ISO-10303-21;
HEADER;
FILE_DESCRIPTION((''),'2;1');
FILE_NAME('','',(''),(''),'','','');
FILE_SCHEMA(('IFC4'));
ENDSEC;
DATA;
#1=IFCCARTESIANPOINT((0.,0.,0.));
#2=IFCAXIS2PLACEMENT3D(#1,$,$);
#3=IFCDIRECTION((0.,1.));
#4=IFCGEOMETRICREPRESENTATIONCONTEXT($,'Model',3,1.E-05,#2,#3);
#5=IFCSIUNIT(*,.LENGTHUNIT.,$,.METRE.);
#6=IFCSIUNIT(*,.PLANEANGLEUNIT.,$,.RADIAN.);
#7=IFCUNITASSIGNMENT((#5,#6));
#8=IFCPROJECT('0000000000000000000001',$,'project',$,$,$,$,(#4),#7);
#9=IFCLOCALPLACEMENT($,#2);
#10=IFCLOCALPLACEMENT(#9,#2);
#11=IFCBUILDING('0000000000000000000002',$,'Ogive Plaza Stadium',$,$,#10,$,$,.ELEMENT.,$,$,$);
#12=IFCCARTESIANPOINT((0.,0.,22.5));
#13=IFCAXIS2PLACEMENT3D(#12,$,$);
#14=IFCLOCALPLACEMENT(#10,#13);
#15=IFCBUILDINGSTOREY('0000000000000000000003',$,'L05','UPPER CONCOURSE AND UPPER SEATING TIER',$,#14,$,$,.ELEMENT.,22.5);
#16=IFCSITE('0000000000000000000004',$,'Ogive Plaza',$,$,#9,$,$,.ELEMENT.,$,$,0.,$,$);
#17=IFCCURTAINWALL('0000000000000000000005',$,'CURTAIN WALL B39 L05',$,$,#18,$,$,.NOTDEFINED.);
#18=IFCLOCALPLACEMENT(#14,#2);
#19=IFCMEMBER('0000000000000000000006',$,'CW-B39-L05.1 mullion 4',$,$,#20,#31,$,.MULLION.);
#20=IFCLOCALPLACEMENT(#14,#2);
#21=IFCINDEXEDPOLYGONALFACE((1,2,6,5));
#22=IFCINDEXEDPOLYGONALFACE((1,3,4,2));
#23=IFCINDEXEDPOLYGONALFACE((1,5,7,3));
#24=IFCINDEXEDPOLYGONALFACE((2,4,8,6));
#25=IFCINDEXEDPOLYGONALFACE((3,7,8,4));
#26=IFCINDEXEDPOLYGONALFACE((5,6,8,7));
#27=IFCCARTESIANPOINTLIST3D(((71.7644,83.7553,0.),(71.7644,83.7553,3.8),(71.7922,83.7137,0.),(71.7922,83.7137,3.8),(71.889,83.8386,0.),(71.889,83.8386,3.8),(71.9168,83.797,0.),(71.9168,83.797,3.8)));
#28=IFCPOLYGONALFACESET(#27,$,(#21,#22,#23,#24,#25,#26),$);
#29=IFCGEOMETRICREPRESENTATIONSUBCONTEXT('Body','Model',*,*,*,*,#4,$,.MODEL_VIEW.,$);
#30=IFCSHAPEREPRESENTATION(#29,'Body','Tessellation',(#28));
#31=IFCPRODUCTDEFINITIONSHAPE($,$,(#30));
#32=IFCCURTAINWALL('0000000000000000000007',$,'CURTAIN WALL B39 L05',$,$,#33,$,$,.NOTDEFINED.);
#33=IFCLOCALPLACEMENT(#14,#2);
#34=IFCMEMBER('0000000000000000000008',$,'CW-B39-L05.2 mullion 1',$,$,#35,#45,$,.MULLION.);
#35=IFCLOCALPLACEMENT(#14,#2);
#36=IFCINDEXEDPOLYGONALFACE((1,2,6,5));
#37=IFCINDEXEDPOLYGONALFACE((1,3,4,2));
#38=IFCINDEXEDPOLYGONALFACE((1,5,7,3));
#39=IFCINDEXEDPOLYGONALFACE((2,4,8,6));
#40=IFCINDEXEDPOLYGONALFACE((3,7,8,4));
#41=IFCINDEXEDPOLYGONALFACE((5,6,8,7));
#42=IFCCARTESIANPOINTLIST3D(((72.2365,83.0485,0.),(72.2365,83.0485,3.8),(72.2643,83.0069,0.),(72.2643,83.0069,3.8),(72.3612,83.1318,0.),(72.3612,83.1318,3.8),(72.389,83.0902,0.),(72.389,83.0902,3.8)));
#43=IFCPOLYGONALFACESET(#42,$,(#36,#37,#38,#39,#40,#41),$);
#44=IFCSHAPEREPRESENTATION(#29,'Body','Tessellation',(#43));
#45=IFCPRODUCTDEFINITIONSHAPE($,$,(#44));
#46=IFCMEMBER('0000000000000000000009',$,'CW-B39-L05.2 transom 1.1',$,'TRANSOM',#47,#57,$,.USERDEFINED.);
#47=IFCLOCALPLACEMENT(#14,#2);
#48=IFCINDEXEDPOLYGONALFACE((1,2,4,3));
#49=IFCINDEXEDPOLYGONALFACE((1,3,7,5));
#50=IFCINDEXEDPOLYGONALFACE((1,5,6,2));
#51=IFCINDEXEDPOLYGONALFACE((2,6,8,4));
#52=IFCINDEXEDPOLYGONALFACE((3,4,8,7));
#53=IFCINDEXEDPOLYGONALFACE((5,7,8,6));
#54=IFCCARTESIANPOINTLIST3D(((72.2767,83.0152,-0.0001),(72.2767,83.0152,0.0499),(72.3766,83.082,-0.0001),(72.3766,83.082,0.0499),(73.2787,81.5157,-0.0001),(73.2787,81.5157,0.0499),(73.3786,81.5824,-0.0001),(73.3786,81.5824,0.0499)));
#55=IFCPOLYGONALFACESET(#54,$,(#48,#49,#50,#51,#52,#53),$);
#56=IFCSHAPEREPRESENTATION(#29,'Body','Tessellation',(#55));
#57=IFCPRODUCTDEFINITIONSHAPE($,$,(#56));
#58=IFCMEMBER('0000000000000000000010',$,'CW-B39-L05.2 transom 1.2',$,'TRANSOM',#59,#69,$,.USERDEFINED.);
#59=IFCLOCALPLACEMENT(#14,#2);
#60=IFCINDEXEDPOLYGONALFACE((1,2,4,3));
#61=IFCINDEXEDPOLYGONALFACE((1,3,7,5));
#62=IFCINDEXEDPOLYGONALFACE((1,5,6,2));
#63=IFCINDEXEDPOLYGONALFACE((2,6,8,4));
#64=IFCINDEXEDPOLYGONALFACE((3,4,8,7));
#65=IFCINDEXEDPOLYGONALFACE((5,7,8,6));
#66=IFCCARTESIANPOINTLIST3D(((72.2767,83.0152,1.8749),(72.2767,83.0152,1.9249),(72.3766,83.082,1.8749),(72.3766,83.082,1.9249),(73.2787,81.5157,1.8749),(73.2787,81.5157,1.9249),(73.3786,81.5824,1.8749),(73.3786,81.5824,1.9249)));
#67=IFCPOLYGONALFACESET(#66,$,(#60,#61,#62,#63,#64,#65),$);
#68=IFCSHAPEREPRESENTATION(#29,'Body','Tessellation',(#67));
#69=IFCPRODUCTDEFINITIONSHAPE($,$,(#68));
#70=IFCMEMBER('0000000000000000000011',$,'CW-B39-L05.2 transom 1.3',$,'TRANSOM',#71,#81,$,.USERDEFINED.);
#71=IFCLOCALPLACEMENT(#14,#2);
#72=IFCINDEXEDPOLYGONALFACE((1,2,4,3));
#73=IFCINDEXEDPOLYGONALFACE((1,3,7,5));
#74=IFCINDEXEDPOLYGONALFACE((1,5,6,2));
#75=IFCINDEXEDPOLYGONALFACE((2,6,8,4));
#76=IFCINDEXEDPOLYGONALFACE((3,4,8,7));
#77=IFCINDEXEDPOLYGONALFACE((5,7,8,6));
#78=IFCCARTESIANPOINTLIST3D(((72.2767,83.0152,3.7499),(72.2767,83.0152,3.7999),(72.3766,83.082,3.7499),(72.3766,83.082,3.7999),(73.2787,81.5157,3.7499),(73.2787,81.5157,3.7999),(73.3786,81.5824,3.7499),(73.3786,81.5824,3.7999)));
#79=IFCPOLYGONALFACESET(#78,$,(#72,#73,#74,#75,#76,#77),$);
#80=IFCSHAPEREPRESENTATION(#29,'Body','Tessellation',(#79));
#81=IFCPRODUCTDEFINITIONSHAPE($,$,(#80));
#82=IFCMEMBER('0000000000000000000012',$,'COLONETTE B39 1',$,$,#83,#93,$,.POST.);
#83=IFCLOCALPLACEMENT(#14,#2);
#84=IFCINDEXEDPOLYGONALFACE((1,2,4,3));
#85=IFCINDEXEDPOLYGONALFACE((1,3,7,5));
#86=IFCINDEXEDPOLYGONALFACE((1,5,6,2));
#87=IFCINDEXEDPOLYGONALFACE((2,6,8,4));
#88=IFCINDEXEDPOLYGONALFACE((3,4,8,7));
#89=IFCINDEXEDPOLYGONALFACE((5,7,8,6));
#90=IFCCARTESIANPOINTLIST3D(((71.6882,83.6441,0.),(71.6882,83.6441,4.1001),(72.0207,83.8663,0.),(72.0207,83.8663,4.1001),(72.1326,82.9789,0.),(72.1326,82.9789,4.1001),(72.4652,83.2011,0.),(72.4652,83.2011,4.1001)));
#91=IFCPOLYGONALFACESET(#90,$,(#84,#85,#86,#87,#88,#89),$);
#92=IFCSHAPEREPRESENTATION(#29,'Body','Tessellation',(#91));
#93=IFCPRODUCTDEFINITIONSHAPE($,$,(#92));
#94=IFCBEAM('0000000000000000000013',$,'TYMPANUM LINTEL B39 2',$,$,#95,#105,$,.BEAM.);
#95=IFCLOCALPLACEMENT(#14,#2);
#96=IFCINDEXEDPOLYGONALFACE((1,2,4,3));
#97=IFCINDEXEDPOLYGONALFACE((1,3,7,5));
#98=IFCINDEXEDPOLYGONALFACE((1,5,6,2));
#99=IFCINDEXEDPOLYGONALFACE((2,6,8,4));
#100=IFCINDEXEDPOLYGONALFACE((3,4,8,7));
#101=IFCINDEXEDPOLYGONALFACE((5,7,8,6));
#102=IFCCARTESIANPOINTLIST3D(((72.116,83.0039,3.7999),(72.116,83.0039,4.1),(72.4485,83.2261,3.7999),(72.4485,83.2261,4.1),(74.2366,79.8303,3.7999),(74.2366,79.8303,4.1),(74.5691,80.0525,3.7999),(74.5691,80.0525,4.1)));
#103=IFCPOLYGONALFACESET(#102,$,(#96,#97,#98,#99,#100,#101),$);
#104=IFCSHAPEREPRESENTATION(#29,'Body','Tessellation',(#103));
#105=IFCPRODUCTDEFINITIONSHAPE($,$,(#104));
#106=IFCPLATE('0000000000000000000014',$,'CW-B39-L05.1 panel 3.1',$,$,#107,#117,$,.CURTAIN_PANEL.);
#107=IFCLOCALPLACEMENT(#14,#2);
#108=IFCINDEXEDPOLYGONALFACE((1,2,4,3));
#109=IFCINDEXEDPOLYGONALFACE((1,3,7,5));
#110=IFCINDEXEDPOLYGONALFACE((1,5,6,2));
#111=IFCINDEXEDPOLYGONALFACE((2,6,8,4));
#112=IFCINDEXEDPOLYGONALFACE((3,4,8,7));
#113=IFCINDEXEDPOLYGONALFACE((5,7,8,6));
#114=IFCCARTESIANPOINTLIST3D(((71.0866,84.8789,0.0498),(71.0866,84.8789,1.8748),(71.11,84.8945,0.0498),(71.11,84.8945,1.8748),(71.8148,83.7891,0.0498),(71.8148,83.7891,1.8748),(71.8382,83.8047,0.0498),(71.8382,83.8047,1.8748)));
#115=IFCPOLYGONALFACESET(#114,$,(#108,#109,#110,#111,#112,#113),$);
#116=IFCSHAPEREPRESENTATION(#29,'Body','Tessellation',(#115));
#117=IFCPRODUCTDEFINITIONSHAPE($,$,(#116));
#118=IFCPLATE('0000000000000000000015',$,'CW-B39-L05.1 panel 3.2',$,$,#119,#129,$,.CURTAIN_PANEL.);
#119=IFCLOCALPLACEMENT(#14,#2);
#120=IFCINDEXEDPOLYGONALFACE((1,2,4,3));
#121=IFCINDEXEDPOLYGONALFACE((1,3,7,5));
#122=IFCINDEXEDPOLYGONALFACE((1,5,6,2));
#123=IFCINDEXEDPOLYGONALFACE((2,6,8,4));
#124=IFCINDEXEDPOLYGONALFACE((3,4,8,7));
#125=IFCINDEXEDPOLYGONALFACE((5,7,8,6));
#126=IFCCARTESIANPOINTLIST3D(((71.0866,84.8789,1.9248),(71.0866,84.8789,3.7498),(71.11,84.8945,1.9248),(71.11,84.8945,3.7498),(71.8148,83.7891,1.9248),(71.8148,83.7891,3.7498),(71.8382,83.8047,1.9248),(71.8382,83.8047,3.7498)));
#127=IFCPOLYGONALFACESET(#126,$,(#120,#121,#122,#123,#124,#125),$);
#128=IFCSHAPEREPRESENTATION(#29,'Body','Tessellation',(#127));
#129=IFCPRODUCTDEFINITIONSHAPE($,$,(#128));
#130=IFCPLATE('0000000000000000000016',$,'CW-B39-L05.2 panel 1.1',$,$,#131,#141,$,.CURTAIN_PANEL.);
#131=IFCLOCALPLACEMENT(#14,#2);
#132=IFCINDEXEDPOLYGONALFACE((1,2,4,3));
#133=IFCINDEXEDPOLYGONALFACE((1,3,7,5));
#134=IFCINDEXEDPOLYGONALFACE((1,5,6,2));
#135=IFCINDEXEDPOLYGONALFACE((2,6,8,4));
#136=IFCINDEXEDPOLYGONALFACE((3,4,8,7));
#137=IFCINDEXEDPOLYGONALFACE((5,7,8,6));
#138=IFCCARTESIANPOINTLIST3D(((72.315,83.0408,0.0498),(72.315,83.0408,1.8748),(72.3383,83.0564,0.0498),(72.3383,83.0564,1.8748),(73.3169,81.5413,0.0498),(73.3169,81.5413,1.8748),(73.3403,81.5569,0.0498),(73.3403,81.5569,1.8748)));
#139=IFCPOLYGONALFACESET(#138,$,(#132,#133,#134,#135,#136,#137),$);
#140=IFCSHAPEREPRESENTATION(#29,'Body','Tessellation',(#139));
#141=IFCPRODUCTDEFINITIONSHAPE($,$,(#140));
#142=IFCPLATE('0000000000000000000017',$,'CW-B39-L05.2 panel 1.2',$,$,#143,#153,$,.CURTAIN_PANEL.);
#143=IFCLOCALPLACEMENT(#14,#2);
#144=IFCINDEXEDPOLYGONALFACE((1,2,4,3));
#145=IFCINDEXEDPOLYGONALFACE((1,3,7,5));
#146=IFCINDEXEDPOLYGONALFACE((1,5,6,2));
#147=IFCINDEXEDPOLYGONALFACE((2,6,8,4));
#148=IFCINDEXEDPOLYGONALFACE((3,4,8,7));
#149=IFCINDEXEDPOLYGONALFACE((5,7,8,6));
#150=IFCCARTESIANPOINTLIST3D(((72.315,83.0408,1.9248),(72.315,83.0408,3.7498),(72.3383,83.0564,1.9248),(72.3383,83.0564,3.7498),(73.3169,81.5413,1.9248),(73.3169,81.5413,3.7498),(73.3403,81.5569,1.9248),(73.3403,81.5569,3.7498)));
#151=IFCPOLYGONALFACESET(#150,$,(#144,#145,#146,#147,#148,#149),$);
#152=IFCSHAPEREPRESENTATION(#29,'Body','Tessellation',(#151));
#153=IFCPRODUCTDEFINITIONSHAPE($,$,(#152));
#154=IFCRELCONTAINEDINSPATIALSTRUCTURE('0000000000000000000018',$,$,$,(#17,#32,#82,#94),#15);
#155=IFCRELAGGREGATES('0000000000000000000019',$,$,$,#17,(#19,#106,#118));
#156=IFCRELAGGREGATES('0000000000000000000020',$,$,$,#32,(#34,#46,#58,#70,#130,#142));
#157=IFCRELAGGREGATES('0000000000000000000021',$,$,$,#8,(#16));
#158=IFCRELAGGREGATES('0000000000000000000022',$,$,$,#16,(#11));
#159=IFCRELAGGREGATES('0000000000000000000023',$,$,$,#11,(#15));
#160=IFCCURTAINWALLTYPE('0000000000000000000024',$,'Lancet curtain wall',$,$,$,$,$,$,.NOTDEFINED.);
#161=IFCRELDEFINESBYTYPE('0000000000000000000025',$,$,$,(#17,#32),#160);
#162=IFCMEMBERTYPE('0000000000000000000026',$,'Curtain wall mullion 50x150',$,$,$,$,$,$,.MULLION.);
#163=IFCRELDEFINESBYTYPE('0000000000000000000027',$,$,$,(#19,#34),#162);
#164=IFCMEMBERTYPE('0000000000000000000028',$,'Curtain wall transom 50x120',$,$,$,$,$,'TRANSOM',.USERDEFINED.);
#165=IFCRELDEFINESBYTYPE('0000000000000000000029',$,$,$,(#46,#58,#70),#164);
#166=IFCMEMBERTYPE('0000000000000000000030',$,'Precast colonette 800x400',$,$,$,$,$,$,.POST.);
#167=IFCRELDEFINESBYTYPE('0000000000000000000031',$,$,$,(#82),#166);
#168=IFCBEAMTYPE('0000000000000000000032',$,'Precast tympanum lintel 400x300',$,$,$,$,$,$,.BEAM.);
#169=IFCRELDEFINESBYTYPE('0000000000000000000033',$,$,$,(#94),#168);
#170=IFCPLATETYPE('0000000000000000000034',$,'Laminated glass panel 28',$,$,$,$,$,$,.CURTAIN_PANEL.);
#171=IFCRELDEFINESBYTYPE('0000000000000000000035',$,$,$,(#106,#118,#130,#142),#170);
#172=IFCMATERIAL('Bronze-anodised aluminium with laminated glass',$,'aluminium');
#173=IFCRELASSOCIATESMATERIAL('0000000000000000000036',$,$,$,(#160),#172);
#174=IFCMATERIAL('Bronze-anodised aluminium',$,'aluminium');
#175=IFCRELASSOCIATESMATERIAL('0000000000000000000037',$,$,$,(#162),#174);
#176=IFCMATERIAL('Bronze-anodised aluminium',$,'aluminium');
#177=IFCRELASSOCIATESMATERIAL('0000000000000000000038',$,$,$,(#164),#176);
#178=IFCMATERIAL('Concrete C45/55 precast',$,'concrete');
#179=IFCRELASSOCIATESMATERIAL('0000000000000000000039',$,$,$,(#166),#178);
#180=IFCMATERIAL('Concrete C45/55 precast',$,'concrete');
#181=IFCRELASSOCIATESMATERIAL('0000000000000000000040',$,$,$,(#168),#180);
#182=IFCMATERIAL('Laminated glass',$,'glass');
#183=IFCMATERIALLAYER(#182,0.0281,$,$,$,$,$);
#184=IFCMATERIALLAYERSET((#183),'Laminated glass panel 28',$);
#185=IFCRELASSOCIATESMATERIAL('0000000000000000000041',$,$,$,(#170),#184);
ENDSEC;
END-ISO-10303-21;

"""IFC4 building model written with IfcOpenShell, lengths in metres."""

from ifc_helpers import new_model, si_unit, direction, frame, origin, origin_2d, place, context, subcontext, project, spatial, rectangle, extrude, material, layer, layer_set, material_profile, profile_set, type_object, element, aggregate, save


model = new_model("IFC4")

# Units and contexts
model_context = context("Model", 3, precision=1e-05, world=origin(), true_north=direction((0.0, 1.0)))
body_context = subcontext(model_context, "Body", "Model", "MODEL_VIEW")
ifc_project = project(units=[si_unit("LENGTHUNIT", "METRE"), si_unit("PLANEANGLEUNIT", "RADIAN")], contexts=[model_context])

# Site, building, storey
site_placement = place(None, origin())
site = spatial("IfcSite", under=ifc_project, at=site_placement, Name="Ogive Plaza", CompositionType="ELEMENT", RefElevation=0.0)
building_placement = place(site_placement, origin())
building = spatial("IfcBuilding", under=site, at=building_placement, Name="Ogive Plaza Stadium", CompositionType="ELEMENT")
storey_placement = place(building_placement, frame((0.0, 0.0, 22.5)))
storey = spatial("IfcBuildingStorey", under=building, at=storey_placement, Name="L05", Description="UPPER CONCOURSE AND UPPER SEATING TIER", CompositionType="ELEMENT", Elevation=22.5)

# Curtain wall, member
ifc_material_1 = material(Name="Bronze-anodised aluminium with laminated glass", Category="aluminium")
curtain_wall_type = type_object("IfcCurtainWallType", Name="Lancet curtain wall", PredefinedType="NOTDEFINED", material=ifc_material_1)
curtain_wall_1_placement = place(storey_placement, origin())
curtain_wall_1 = element("IfcCurtainWall", 1, at=curtain_wall_1_placement, inside=storey, type_object=curtain_wall_type, Name="CURTAIN WALL B39 L05", PredefinedType="NOTDEFINED")
ifc_material_2 = material(Name="Bronze-anodised aluminium", Category="aluminium")
ifc_material_profile_1 = material_profile(ifc_material_2, rectangle(XDim=0.1499, YDim=0.05, at=origin_2d()), Name="AL 150x50")
ifc_profile_set_1 = profile_set([ifc_material_profile_1], Name="Bronze-anodised aluminium")
member_type_1 = type_object("IfcMemberType", Name="Curtain wall mullion 50x150", PredefinedType="MULLION", material=ifc_profile_set_1)
member_1_placement = place(storey_placement, frame((71.8406, 83.7761, 0.0), z_axis=(0.0, 0.0, 1.0), x_axis=(0.83147, 0.55557, 0.0)))
member_1 = element("IfcMember", 2, at=member_1_placement, type_object=member_type_1, Name="CW-B39-L05.1 mullion 4", PredefinedType="MULLION", context=body_context, shape_type="SweptSolid", body=[
    extrude(rectangle(XDim=0.1499, YDim=0.05, at=origin_2d()), origin(), (0.0, 0.0, 1.0), 3.8),
])

# Curtain wall, members
curtain_wall_2_placement = place(storey_placement, origin())
curtain_wall_2 = element("IfcCurtainWall", 3, at=curtain_wall_2_placement, inside=storey, type_object=curtain_wall_type, Name="CURTAIN WALL B39 L05", PredefinedType="NOTDEFINED")
member_2_placement = place(storey_placement, frame((72.3127, 83.0693, 0.0), z_axis=(0.0, 0.0, 1.0), x_axis=(0.83147, 0.55557, 0.0)))
member_2 = element("IfcMember", 4, at=member_2_placement, type_object=member_type_1, Name="CW-B39-L05.2 mullion 1", PredefinedType="MULLION", context=body_context, shape_type="SweptSolid", body=[
    extrude(rectangle(XDim=0.1499, YDim=0.05, at=origin_2d()), origin(), (0.0, 0.0, 1.0), 3.8),
])
ifc_material_3 = material(Name="Bronze-anodised aluminium", Category="aluminium")
ifc_material_profile_2 = material_profile(ifc_material_3, rectangle(XDim=0.1201, YDim=0.05, at=origin_2d()), Name="AL 120x50")
ifc_profile_set_2 = profile_set([ifc_material_profile_2], Name="Bronze-anodised aluminium")
member_type_2 = type_object("IfcMemberType", Name="Curtain wall transom 50x120", ElementType="TRANSOM", PredefinedType="USERDEFINED", material=ifc_profile_set_2)
member_3_placement = place(storey_placement, frame((72.3267, 83.0486, 0.0249), z_axis=(0.555575, -0.831467, 0.0), x_axis=(0.831467, 0.555575, 0.0)))
member_3 = element("IfcMember", 5, at=member_3_placement, type_object=member_type_2, Name="CW-B39-L05.2 transom 1.1", ObjectType="TRANSOM", PredefinedType="USERDEFINED", context=body_context, shape_type="SweptSolid", body=[
    extrude(rectangle(XDim=0.1201, YDim=0.05, at=origin_2d()), origin(), (0.0, 0.0, 1.0), 1.8035),
])
member_4_placement = place(storey_placement, frame((72.3267, 83.0486, 1.8999), z_axis=(0.555575, -0.831467, 0.0), x_axis=(0.831467, 0.555575, 0.0)))
member_4 = element("IfcMember", 6, at=member_4_placement, type_object=member_type_2, Name="CW-B39-L05.2 transom 1.2", ObjectType="TRANSOM", PredefinedType="USERDEFINED", context=body_context, shape_type="SweptSolid", body=[
    extrude(rectangle(XDim=0.1201, YDim=0.05, at=origin_2d()), origin(), (0.0, 0.0, 1.0), 1.8035),
])
member_5_placement = place(storey_placement, frame((72.3267, 83.0486, 3.7749), z_axis=(0.555575, -0.831467, 0.0), x_axis=(0.831467, 0.555575, 0.0)))
member_5 = element("IfcMember", 7, at=member_5_placement, type_object=member_type_2, Name="CW-B39-L05.2 transom 1.3", ObjectType="TRANSOM", PredefinedType="USERDEFINED", context=body_context, shape_type="SweptSolid", body=[
    extrude(rectangle(XDim=0.1201, YDim=0.05, at=origin_2d()), origin(), (0.0, 0.0, 1.0), 1.8035),
])

# Member
ifc_material_4 = material(Name="Concrete C45/55 precast", Category="concrete")
ifc_material_profile_3 = material_profile(ifc_material_4, rectangle(XDim=0.3999, YDim=0.8, at=origin_2d()), Name="RC 400x800")
ifc_profile_set_3 = profile_set([ifc_material_profile_3], Name="Concrete C45/55 precast")
member_type_3 = type_object("IfcMemberType", Name="Precast colonette 800x400", PredefinedType="POST", material=ifc_profile_set_3)
member_6_placement = place(storey_placement, frame((72.0767, 83.4226, 0.0), z_axis=(0.0, 0.0, 1.0), x_axis=(0.83147, 0.55557, 0.0)))
element("IfcMember", 8, at=member_6_placement, inside=storey, type_object=member_type_3, Name="COLONETTE B39 1", PredefinedType="POST", context=body_context, shape_type="SweptSolid", body=[
    extrude(rectangle(XDim=0.3999, YDim=0.8, at=origin_2d()), origin(), (0.0, 0.0, 1.0), 4.1001),
])

# Beam
ifc_material_5 = material(Name="Concrete C45/55 precast", Category="concrete")
ifc_material_profile_4 = material_profile(ifc_material_5, rectangle(XDim=0.3999, YDim=0.3, at=origin_2d()), Name="RC 400x300")
ifc_profile_set_4 = profile_set([ifc_material_profile_4], Name="Concrete C45/55 precast")
beam_type = type_object("IfcBeamType", Name="Precast tympanum lintel 400x300", PredefinedType="BEAM", material=ifc_profile_set_4)
beam_placement = place(storey_placement, frame((72.2822, 83.115, 3.95), z_axis=(0.555586, -0.831459, 0.0), x_axis=(0.831459, 0.555586, 0.0)))
element("IfcBeam", 9, at=beam_placement, inside=storey, type_object=beam_type, Name="TYMPANUM LINTEL B39 2", PredefinedType="BEAM", context=body_context, shape_type="SweptSolid", body=[
    extrude(rectangle(XDim=0.3999, YDim=0.3, at=origin_2d()), origin(), (0.0, 0.0, 1.0), 3.8169),
])

# Plates
ifc_material_6 = material(Name="Laminated glass", Category="glass")
ifc_layer_1 = layer(ifc_material_6, 0.0281)
ifc_layer_set_1 = layer_set([ifc_layer_1], Name="Laminated glass panel 28")
plate_type = type_object("IfcPlateType", Name="Laminated glass panel 28", PredefinedType="CURTAIN_PANEL", material=ifc_layer_set_1)
plate_1_placement = place(storey_placement, frame((71.4624, 84.3418, 0.0498), z_axis=(0.0, 0.0, 1.0), x_axis=(0.55557, -0.83147, 0.0)))
plate_1 = element("IfcPlate", 10, at=plate_1_placement, type_object=plate_type, Name="CW-B39-L05.1 panel 3.1", PredefinedType="CURTAIN_PANEL", context=body_context, shape_type="SweptSolid", body=[
    extrude(rectangle(XDim=1.3108, YDim=0.0281, at=origin_2d()), origin(), (0.0, 0.0, 1.0), 1.825),
])
plate_2_placement = place(storey_placement, frame((71.4624, 84.3418, 1.9248), z_axis=(0.0, 0.0, 1.0), x_axis=(0.55557, -0.83147, 0.0)))
plate_2 = element("IfcPlate", 11, at=plate_2_placement, type_object=plate_type, Name="CW-B39-L05.1 panel 3.2", PredefinedType="CURTAIN_PANEL", context=body_context, shape_type="SweptSolid", body=[
    extrude(rectangle(XDim=1.3108, YDim=0.0281, at=origin_2d()), origin(), (0.0, 0.0, 1.0), 1.825),
])
aggregate(curtain_wall_1, [member_1, plate_1, plate_2])
plate_3_placement = place(storey_placement, frame((72.8276, 82.2988, 0.0498), z_axis=(0.0, 0.0, 1.0), x_axis=(0.55557, -0.83147, 0.0)))
plate_3 = element("IfcPlate", 12, at=plate_3_placement, type_object=plate_type, Name="CW-B39-L05.2 panel 1.1", PredefinedType="CURTAIN_PANEL", context=body_context, shape_type="SweptSolid", body=[
    extrude(rectangle(XDim=1.8035, YDim=0.0281, at=origin_2d()), origin(), (0.0, 0.0, 1.0), 1.825),
])
plate_4_placement = place(storey_placement, frame((72.8276, 82.2988, 1.9248), z_axis=(0.0, 0.0, 1.0), x_axis=(0.55557, -0.83147, 0.0)))
plate_4 = element("IfcPlate", 13, at=plate_4_placement, type_object=plate_type, Name="CW-B39-L05.2 panel 1.2", PredefinedType="CURTAIN_PANEL", context=body_context, shape_type="SweptSolid", body=[
    extrude(rectangle(XDim=1.8035, YDim=0.0281, at=origin_2d()), origin(), (0.0, 0.0, 1.0), 1.825),
])
aggregate(curtain_wall_2, [member_2, member_3, member_4, member_5, plate_3, plate_4])

save(model, "model.ifc")
